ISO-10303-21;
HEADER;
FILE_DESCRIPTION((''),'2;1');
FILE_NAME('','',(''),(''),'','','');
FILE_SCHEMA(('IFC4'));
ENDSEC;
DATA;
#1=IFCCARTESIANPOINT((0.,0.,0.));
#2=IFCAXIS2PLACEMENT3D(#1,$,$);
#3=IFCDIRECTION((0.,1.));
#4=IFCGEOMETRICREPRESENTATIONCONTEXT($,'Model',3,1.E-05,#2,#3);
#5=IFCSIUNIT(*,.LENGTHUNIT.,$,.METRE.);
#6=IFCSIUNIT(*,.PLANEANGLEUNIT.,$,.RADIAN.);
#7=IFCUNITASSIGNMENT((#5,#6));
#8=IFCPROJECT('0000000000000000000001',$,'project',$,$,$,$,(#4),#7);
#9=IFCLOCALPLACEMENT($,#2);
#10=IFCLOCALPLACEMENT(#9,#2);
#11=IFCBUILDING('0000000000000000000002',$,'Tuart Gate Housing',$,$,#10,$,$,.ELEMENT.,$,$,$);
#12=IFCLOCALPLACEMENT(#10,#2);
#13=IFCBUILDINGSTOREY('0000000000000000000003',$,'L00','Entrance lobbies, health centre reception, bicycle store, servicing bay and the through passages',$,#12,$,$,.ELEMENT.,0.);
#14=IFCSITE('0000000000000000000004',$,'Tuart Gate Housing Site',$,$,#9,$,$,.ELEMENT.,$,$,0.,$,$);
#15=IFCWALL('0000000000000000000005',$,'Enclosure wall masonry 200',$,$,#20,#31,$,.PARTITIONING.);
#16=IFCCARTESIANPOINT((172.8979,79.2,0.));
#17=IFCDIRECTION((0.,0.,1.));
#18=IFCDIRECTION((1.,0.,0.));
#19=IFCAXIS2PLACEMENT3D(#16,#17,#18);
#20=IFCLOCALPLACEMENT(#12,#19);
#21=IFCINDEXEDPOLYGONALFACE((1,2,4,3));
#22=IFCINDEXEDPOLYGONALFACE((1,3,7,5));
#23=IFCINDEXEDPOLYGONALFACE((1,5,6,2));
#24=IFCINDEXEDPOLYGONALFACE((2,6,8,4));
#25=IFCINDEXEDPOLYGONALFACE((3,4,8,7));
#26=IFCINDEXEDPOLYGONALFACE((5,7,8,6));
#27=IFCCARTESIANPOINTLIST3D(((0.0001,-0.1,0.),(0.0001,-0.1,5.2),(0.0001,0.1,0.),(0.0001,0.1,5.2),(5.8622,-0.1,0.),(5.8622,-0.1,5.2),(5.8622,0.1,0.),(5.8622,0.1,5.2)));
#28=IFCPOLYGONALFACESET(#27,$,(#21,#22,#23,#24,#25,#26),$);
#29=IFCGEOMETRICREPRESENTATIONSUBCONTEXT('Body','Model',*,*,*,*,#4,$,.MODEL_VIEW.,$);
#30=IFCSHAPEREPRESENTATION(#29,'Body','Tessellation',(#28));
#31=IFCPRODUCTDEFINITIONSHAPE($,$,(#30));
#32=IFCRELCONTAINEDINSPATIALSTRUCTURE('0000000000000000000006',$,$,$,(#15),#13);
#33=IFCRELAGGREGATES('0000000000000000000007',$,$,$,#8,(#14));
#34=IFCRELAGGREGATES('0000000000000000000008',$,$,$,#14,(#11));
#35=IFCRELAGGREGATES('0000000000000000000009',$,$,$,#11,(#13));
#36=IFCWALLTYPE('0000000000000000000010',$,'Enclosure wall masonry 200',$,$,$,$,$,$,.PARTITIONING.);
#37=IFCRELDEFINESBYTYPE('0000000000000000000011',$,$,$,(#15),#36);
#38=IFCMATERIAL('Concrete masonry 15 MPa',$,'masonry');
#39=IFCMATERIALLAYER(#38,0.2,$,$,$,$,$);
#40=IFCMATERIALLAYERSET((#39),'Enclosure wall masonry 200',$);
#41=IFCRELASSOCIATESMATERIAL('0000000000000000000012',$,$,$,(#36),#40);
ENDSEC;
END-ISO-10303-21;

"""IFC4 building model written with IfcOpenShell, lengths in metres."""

from ifc_helpers import new_model, si_unit, direction, frame, frame_2d, origin, place, context, subcontext, project, spatial, rectangle, extrude, material, layer, layer_set, type_object, element, save


model = new_model("IFC4")

# Units and contexts
model_context = context("Model", 3, precision=1e-05, world=origin(), true_north=direction((0.0, 1.0)))
body_context = subcontext(model_context, "Body", "Model", "MODEL_VIEW")
ifc_project = project(units=[si_unit("LENGTHUNIT", "METRE"), si_unit("PLANEANGLEUNIT", "RADIAN")], contexts=[model_context])

# Site, building, storey
site_placement = place(None, origin())
site = spatial("IfcSite", under=ifc_project, at=site_placement, Name="Tuart Gate Housing Site", CompositionType="ELEMENT", RefElevation=0.0)
building_placement = place(site_placement, origin())
building = spatial("IfcBuilding", under=site, at=building_placement, Name="Tuart Gate Housing", CompositionType="ELEMENT")
storey_placement = place(building_placement, origin())
storey = spatial("IfcBuildingStorey", under=building, at=storey_placement, Name="L00", Description="Entrance lobbies, health centre reception, bicycle store, servicing bay and the through passages", CompositionType="ELEMENT", Elevation=0.0)

# Wall
ifc_material_1 = material(Name="Concrete masonry 15 MPa", Category="masonry")
ifc_layer_1 = layer(ifc_material_1, 0.2)
ifc_layer_set_1 = layer_set([ifc_layer_1], Name="Enclosure wall masonry 200")
wall_type_1 = type_object("IfcWallType", Name="Enclosure wall masonry 200", PredefinedType="PARTITIONING", material=ifc_layer_set_1)
wall_1_placement = place(storey_placement, frame((172.8979, 79.2, 0.0), z_axis=(0.0, 0.0, 1.0), x_axis=(1.0, 0.0, 0.0)))
element("IfcWall", 1, at=wall_1_placement, inside=storey, type_object=wall_type_1, Name="Enclosure wall masonry 200", PredefinedType="PARTITIONING", context=body_context, shape_type="SweptSolid", body=[
    extrude(rectangle(XDim=5.8621, YDim=0.2, at=frame_2d((2.9312, 0.0))), origin(), (0.0, 0.0, 1.0), 5.2),
])

save(model, "model.ifc")
